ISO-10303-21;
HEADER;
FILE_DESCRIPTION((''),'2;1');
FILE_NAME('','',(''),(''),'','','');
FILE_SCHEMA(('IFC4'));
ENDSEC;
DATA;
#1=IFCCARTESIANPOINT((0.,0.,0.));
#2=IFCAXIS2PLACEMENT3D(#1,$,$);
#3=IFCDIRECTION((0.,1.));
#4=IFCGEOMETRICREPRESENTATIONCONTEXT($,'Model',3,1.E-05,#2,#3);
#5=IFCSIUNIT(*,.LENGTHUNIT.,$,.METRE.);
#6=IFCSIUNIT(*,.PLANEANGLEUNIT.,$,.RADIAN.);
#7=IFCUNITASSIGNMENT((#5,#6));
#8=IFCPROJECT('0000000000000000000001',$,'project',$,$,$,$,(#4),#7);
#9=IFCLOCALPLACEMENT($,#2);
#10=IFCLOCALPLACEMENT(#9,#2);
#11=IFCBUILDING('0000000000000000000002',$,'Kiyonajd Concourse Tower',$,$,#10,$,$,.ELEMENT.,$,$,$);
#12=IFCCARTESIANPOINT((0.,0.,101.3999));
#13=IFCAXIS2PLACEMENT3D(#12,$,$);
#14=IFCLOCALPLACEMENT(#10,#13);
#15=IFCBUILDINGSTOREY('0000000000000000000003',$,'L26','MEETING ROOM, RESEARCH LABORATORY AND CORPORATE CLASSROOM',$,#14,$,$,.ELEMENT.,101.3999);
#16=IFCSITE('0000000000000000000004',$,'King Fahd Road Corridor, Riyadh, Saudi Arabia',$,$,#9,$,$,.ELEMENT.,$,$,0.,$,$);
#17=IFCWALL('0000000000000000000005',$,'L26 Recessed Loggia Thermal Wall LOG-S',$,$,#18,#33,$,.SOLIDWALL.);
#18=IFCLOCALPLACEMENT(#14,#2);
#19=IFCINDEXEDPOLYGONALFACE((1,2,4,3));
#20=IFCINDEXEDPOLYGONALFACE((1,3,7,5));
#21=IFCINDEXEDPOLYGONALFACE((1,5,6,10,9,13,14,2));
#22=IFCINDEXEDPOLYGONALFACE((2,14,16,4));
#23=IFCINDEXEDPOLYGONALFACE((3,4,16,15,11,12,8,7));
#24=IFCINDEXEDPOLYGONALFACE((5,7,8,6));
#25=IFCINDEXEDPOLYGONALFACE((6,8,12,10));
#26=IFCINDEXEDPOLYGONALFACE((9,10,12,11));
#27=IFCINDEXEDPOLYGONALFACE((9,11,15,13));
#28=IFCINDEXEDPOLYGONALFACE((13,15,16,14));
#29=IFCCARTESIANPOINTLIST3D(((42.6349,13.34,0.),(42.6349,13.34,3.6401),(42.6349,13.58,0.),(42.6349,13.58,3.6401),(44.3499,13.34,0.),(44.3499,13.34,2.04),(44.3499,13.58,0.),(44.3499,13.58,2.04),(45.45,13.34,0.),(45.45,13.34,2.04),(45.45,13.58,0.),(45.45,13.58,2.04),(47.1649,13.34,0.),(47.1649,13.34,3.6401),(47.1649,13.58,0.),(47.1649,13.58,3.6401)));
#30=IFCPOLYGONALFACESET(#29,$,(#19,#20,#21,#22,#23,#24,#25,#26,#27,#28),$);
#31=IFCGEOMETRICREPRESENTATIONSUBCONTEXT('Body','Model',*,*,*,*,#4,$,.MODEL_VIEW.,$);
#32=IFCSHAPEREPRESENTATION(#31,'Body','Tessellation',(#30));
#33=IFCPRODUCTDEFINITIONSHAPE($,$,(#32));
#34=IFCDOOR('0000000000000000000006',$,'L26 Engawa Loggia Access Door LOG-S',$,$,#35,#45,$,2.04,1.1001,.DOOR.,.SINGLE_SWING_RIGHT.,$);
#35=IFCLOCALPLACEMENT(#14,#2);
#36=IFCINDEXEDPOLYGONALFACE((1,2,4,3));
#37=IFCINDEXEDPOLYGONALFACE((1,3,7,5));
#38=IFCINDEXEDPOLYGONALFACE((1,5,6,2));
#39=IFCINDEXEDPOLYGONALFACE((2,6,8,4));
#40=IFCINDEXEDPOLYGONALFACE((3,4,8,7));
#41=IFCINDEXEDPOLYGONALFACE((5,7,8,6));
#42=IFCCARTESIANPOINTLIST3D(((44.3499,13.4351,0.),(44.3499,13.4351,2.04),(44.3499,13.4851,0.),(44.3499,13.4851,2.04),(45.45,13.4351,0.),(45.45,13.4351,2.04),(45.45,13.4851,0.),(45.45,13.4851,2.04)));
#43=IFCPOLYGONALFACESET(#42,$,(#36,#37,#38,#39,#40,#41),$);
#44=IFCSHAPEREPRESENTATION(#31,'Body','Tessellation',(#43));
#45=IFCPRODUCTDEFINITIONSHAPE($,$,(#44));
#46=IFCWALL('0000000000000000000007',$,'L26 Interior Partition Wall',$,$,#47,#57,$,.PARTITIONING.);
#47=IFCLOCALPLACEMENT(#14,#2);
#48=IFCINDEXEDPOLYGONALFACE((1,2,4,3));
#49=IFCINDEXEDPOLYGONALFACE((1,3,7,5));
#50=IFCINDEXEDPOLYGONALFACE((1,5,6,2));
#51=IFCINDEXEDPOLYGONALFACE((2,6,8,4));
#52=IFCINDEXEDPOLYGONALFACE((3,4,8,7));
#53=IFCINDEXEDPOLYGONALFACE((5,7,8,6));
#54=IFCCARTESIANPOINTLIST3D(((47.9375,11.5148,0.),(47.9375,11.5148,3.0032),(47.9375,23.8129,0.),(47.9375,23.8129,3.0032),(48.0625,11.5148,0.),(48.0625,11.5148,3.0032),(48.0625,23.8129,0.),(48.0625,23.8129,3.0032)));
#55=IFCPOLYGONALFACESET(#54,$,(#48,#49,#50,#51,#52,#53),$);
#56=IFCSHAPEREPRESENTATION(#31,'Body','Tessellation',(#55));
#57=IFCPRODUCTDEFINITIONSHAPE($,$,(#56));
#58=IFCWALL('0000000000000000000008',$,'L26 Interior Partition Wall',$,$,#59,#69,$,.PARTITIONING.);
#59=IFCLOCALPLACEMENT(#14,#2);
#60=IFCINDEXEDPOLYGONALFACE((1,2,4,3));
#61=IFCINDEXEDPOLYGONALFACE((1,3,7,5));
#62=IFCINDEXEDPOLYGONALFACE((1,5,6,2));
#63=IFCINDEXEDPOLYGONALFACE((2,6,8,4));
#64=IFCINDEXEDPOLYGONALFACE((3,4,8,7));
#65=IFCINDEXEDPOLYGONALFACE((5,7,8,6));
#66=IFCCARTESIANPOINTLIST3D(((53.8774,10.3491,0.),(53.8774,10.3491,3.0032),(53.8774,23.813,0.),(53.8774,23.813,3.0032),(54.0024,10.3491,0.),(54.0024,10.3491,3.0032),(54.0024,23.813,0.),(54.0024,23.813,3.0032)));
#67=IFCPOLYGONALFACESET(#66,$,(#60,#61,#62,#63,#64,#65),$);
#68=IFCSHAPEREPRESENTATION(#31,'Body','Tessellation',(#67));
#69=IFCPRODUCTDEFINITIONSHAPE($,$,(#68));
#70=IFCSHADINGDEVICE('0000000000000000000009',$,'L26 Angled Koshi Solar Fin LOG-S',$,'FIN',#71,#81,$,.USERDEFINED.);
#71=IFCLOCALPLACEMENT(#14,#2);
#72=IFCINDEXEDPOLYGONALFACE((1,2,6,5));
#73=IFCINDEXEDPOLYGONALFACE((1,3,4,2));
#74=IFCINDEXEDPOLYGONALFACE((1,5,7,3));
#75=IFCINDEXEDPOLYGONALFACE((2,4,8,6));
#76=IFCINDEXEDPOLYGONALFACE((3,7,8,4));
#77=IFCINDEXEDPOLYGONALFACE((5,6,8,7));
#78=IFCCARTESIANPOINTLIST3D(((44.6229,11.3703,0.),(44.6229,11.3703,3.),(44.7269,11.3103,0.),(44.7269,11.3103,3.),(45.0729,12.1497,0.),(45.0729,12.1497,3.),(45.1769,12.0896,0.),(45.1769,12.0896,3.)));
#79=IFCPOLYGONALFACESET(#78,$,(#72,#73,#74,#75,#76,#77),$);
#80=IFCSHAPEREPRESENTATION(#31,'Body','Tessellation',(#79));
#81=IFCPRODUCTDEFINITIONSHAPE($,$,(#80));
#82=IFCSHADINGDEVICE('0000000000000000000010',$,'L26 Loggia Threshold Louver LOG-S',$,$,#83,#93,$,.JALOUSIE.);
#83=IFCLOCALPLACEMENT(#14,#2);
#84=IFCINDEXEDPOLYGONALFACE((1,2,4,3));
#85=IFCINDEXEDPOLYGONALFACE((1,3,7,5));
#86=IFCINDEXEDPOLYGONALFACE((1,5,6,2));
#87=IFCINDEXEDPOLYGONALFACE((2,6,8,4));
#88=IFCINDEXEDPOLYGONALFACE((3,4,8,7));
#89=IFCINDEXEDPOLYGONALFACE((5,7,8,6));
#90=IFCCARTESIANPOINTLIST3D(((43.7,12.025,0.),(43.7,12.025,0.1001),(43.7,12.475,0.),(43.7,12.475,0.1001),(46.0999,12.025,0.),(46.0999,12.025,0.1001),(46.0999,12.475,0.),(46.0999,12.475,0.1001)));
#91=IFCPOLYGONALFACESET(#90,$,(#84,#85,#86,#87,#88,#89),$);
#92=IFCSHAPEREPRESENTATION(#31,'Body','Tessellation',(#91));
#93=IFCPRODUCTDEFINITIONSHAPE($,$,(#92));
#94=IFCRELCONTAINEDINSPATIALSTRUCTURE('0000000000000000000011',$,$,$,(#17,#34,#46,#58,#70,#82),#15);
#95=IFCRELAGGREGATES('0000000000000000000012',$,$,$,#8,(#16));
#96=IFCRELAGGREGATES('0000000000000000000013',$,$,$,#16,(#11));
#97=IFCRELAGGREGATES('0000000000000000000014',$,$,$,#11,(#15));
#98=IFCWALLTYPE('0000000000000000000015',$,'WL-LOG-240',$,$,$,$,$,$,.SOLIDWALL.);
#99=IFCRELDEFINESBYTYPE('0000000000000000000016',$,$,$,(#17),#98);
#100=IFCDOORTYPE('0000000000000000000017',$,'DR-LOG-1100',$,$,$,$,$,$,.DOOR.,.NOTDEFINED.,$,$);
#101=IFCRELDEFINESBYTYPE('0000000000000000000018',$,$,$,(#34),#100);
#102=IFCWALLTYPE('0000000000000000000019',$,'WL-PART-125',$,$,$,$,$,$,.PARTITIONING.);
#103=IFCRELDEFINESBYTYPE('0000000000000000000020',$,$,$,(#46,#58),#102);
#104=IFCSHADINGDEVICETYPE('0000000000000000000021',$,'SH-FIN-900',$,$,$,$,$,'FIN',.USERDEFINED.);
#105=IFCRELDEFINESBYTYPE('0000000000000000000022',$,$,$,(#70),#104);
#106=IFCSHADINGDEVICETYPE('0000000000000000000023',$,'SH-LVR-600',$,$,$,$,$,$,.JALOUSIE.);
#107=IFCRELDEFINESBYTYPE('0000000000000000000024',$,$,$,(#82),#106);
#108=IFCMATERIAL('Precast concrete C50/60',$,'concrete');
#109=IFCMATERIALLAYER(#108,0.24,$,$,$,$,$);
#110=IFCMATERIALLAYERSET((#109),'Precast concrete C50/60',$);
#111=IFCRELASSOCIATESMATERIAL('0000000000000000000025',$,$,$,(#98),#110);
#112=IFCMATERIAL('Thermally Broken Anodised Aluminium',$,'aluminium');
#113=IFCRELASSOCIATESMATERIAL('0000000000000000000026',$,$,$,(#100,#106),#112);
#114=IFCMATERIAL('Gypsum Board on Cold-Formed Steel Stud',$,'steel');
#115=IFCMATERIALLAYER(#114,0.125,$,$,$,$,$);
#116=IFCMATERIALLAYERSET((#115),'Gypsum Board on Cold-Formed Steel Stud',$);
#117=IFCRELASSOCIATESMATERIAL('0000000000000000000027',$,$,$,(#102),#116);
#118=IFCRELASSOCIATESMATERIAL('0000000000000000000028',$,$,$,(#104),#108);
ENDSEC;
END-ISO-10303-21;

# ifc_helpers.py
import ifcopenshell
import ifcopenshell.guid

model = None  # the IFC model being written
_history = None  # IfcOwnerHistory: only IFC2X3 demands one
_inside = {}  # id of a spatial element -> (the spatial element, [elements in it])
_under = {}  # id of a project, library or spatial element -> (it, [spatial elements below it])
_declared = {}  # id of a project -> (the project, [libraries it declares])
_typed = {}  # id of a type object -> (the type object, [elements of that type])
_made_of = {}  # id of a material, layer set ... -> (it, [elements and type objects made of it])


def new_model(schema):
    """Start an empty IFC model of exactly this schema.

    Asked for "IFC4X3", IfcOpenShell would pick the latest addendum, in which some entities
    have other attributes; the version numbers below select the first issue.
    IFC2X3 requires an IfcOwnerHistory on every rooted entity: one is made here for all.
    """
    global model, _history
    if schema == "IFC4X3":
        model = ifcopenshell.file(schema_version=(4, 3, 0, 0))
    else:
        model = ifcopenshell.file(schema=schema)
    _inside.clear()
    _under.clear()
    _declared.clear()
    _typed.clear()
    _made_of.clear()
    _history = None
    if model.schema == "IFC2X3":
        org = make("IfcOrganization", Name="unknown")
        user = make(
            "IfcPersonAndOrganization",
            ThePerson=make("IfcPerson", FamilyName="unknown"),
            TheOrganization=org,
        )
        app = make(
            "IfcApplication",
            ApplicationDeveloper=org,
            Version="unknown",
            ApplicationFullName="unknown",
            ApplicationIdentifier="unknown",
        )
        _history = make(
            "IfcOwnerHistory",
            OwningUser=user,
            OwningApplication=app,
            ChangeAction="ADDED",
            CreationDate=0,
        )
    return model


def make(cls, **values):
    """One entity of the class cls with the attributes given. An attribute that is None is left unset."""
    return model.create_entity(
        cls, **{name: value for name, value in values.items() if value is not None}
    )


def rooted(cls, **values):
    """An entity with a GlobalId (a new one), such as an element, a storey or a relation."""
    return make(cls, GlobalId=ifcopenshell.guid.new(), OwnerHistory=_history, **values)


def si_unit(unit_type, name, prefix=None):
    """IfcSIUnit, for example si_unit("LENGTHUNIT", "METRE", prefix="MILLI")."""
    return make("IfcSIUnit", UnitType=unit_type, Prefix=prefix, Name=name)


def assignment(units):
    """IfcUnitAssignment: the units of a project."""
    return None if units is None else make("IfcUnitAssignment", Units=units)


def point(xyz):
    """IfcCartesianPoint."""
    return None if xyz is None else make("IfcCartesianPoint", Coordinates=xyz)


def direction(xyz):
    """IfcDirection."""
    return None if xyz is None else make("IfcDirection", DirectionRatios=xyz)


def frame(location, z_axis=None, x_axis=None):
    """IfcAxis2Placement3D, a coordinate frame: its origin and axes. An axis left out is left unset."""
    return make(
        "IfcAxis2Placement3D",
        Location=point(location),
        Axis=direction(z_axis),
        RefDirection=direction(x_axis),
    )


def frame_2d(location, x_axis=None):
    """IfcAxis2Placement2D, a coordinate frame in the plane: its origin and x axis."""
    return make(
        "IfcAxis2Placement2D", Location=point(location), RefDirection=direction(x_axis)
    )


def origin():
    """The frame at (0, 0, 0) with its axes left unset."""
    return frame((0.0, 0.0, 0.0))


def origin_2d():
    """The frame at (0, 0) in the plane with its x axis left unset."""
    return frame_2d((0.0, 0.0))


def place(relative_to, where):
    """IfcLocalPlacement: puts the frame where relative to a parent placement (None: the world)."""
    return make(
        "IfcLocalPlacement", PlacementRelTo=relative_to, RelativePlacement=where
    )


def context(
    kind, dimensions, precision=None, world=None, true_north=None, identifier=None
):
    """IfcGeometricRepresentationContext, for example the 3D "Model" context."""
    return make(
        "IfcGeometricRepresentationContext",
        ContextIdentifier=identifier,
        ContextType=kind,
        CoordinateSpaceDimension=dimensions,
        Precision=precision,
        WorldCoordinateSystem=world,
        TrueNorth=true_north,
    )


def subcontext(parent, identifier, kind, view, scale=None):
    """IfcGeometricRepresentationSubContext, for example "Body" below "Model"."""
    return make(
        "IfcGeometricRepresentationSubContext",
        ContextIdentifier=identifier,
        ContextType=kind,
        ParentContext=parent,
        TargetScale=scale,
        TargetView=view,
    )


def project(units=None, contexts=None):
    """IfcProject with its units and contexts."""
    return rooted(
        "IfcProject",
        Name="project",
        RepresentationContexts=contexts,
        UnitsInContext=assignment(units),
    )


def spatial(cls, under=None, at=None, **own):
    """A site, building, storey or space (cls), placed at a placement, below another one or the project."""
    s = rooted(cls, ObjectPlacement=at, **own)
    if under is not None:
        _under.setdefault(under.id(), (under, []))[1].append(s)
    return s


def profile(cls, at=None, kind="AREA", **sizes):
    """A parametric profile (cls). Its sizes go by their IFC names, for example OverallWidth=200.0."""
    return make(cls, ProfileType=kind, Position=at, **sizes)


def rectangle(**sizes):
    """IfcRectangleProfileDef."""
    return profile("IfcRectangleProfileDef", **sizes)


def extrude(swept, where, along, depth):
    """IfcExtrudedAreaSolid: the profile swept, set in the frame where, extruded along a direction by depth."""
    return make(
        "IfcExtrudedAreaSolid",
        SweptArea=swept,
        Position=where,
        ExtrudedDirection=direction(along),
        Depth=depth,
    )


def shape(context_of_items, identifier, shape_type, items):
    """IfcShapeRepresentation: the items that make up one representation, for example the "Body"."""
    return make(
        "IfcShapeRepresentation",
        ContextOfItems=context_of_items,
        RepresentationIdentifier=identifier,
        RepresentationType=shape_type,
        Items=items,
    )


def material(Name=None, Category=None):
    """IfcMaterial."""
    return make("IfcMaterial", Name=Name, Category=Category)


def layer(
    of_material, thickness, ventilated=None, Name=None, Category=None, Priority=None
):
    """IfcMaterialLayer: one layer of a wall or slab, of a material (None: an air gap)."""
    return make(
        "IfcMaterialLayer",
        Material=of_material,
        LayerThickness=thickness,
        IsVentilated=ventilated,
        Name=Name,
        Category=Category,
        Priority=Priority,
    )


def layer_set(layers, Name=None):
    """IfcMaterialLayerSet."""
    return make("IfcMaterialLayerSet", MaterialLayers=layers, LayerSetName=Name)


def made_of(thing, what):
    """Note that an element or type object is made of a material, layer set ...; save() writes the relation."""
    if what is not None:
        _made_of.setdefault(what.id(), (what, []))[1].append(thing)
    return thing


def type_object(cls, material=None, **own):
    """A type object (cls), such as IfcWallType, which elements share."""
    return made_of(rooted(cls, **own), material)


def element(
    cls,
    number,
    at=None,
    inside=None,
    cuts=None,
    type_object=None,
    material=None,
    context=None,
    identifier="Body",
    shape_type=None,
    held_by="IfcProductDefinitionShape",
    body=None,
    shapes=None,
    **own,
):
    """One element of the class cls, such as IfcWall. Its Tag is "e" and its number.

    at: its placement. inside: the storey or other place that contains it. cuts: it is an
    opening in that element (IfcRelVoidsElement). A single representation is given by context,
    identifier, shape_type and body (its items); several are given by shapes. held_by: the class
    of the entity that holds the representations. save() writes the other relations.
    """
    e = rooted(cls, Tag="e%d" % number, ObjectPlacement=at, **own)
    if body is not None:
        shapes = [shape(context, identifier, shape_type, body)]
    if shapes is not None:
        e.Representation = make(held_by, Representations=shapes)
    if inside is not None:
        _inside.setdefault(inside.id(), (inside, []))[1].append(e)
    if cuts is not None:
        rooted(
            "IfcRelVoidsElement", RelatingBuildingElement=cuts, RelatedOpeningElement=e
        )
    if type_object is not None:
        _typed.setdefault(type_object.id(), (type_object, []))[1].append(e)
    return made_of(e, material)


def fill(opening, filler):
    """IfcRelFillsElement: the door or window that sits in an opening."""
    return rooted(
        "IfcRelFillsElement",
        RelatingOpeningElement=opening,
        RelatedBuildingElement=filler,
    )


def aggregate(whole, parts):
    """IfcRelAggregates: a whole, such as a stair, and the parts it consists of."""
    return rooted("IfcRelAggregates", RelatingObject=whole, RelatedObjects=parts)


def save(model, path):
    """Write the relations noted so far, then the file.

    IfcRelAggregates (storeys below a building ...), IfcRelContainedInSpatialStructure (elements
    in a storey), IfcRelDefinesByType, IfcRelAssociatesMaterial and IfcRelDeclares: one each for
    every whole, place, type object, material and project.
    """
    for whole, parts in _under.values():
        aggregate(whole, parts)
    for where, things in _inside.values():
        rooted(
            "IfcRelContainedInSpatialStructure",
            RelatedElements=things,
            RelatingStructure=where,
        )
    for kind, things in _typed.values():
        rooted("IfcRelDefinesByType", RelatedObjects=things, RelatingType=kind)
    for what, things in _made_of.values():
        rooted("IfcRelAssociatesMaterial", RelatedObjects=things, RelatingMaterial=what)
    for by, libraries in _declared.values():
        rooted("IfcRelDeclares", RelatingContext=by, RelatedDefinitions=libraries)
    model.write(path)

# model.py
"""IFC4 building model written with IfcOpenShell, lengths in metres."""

from ifc_helpers import new_model, si_unit, direction, frame, frame_2d, origin, origin_2d, place, context, subcontext, project, spatial, rectangle, extrude, material, layer, layer_set, type_object, element, fill, save


model = new_model("IFC4")

# Units and contexts
model_context = context("Model", 3, precision=1e-05, world=origin(), true_north=direction((0.0, 1.0)))
body_context = subcontext(model_context, "Body", "Model", "MODEL_VIEW")
ifc_project = project(units=[si_unit("LENGTHUNIT", "METRE"), si_unit("PLANEANGLEUNIT", "RADIAN")], contexts=[model_context])

# Site, building, storey
site_placement = place(None, origin())
site = spatial("IfcSite", under=ifc_project, at=site_placement, Name="King Fahd Road Corridor, Riyadh, Saudi Arabia", CompositionType="ELEMENT", RefElevation=0.0)
building_placement = place(site_placement, origin())
building = spatial("IfcBuilding", under=site, at=building_placement, Name="Kiyonajd Concourse Tower", CompositionType="ELEMENT")
storey_placement = place(building_placement, frame((0.0, 0.0, 101.3999)))
storey = spatial("IfcBuildingStorey", under=building, at=storey_placement, Name="L26", Description="MEETING ROOM, RESEARCH LABORATORY AND CORPORATE CLASSROOM", CompositionType="ELEMENT", Elevation=101.3999)

# Shared definitions
ifc_material_1 = material(Name="Precast concrete C50/60", Category="concrete")

# Shared definitions
ifc_material_2 = material(Name="Thermally Broken Anodised Aluminium", Category="aluminium")

# Wall, opening, door
ifc_layer_1 = layer(ifc_material_1, 0.24)
ifc_layer_set_1 = layer_set([ifc_layer_1], Name="Precast concrete C50/60")
wall_type_1 = type_object("IfcWallType", Name="WL-LOG-240", PredefinedType="SOLIDWALL", material=ifc_layer_set_1)
wall_1_placement = place(storey_placement, frame((47.165, 13.46, 0.0), z_axis=(0.0, 0.0, 1.0), x_axis=(-1.0, 0.0, 0.0)))
wall_1 = element("IfcWall", 1, at=wall_1_placement, inside=storey, type_object=wall_type_1, Name="L26 Recessed Loggia Thermal Wall LOG-S", PredefinedType="SOLIDWALL", context=body_context, shape_type="SweptSolid", body=[
    extrude(rectangle(XDim=4.53, YDim=0.24, at=frame_2d((2.2651, 0.0))), origin(), (0.0, 0.0, 1.0), 3.6401),
])
opening_1_placement = place(wall_1_placement, frame((1.7151, 0.0, 0.0)))
opening_1 = element("IfcOpeningElement", 2, at=opening_1_placement, cuts=wall_1, PredefinedType="OPENING", context=body_context, shape_type="SweptSolid", body=[
    extrude(rectangle(XDim=1.1001, YDim=2.04, at=frame_2d((0.55, 1.02))), frame((0.0, 0.1299, 0.0), z_axis=(0.0, -1.0, 0.0), x_axis=(1.0, 0.0, 0.0)), (0.0, 0.0, 1.0), 0.26),
])
door_type = type_object("IfcDoorType", Name="DR-LOG-1100", OperationType="NOTDEFINED", PredefinedType="DOOR", material=ifc_material_2)
door_placement = place(opening_1_placement, origin())
door = element("IfcDoor", 3, at=door_placement, inside=storey, type_object=door_type, Name="L26 Engawa Loggia Access Door LOG-S", OperationType="SINGLE_SWING_RIGHT", OverallHeight=2.04, OverallWidth=1.1001, PredefinedType="DOOR", context=body_context, shape_type="SweptSolid", body=[
    extrude(rectangle(XDim=1.1001, YDim=2.04, at=frame_2d((0.55, 1.02))), frame((0.0, 0.0249, 0.0), z_axis=(0.0, -1.0, 0.0), x_axis=(1.0, 0.0, 0.0)), (0.0, 0.0, 1.0), 0.05),
])
fill(opening_1, door)

# Walls
ifc_material_3 = material(Name="Gypsum Board on Cold-Formed Steel Stud", Category="steel")
ifc_layer_2 = layer(ifc_material_3, 0.125)
ifc_layer_set_2 = layer_set([ifc_layer_2], Name="Gypsum Board on Cold-Formed Steel Stud")
wall_type_2 = type_object("IfcWallType", Name="WL-PART-125", PredefinedType="PARTITIONING", material=ifc_layer_set_2)
wall_2_placement = place(storey_placement, frame((48.0, 11.5149, 0.0), z_axis=(0.0, 0.0, 1.0), x_axis=(0.0, 1.0, 0.0)))
element("IfcWall", 4, at=wall_2_placement, inside=storey, type_object=wall_type_2, Name="L26 Interior Partition Wall", PredefinedType="PARTITIONING", context=body_context, shape_type="SweptSolid", body=[
    extrude(rectangle(XDim=12.2981, YDim=0.125, at=frame_2d((6.1489, 0.0))), origin(), (0.0, 0.0, 1.0), 3.0032),
])
wall_3_placement = place(storey_placement, frame((53.9399, 10.3491, 0.0), z_axis=(0.0, 0.0, 1.0), x_axis=(0.0, 1.0, 0.0)))
element("IfcWall", 5, at=wall_3_placement, inside=storey, type_object=wall_type_2, Name="L26 Interior Partition Wall", PredefinedType="PARTITIONING", context=body_context, shape_type="SweptSolid", body=[
    extrude(rectangle(XDim=13.4639, YDim=0.125, at=frame_2d((6.7319, 0.0))), origin(), (0.0, 0.0, 1.0), 3.0032),
])

# Shading devices
shading_device_type_1 = type_object("IfcShadingDeviceType", Name="SH-FIN-900", ElementType="FIN", PredefinedType="USERDEFINED", material=ifc_material_1)
shading_device_1_placement = place(storey_placement, frame((44.8999, 11.73, 0.0), z_axis=(0.0, 0.0, 1.0), x_axis=(0.5, 0.866025, 0.0)))
element("IfcShadingDevice", 6, at=shading_device_1_placement, inside=storey, type_object=shading_device_type_1, Name="L26 Angled Koshi Solar Fin LOG-S", ObjectType="FIN", PredefinedType="USERDEFINED", context=body_context, shape_type="SweptSolid", body=[
    extrude(rectangle(XDim=0.8999, YDim=0.1201, at=origin_2d()), origin(), (0.0, 0.0, 1.0), 3.0),
])
shading_device_type_2 = type_object("IfcShadingDeviceType", Name="SH-LVR-600", PredefinedType="JALOUSIE", material=ifc_material_2)
shading_device_2_placement = place(storey_placement, frame((44.8999, 12.25, 0.0), z_axis=(0.0, 0.0, 1.0), x_axis=(1.0, 0.0, 0.0)))
element("IfcShadingDevice", 7, at=shading_device_2_placement, inside=storey, type_object=shading_device_type_2, Name="L26 Loggia Threshold Louver LOG-S", PredefinedType="JALOUSIE", context=body_context, shape_type="SweptSolid", body=[
    extrude(rectangle(XDim=2.3999, YDim=0.45, at=origin_2d()), origin(), (0.0, 0.0, 1.0), 0.1001),
])

save(model, "model.ifc")
